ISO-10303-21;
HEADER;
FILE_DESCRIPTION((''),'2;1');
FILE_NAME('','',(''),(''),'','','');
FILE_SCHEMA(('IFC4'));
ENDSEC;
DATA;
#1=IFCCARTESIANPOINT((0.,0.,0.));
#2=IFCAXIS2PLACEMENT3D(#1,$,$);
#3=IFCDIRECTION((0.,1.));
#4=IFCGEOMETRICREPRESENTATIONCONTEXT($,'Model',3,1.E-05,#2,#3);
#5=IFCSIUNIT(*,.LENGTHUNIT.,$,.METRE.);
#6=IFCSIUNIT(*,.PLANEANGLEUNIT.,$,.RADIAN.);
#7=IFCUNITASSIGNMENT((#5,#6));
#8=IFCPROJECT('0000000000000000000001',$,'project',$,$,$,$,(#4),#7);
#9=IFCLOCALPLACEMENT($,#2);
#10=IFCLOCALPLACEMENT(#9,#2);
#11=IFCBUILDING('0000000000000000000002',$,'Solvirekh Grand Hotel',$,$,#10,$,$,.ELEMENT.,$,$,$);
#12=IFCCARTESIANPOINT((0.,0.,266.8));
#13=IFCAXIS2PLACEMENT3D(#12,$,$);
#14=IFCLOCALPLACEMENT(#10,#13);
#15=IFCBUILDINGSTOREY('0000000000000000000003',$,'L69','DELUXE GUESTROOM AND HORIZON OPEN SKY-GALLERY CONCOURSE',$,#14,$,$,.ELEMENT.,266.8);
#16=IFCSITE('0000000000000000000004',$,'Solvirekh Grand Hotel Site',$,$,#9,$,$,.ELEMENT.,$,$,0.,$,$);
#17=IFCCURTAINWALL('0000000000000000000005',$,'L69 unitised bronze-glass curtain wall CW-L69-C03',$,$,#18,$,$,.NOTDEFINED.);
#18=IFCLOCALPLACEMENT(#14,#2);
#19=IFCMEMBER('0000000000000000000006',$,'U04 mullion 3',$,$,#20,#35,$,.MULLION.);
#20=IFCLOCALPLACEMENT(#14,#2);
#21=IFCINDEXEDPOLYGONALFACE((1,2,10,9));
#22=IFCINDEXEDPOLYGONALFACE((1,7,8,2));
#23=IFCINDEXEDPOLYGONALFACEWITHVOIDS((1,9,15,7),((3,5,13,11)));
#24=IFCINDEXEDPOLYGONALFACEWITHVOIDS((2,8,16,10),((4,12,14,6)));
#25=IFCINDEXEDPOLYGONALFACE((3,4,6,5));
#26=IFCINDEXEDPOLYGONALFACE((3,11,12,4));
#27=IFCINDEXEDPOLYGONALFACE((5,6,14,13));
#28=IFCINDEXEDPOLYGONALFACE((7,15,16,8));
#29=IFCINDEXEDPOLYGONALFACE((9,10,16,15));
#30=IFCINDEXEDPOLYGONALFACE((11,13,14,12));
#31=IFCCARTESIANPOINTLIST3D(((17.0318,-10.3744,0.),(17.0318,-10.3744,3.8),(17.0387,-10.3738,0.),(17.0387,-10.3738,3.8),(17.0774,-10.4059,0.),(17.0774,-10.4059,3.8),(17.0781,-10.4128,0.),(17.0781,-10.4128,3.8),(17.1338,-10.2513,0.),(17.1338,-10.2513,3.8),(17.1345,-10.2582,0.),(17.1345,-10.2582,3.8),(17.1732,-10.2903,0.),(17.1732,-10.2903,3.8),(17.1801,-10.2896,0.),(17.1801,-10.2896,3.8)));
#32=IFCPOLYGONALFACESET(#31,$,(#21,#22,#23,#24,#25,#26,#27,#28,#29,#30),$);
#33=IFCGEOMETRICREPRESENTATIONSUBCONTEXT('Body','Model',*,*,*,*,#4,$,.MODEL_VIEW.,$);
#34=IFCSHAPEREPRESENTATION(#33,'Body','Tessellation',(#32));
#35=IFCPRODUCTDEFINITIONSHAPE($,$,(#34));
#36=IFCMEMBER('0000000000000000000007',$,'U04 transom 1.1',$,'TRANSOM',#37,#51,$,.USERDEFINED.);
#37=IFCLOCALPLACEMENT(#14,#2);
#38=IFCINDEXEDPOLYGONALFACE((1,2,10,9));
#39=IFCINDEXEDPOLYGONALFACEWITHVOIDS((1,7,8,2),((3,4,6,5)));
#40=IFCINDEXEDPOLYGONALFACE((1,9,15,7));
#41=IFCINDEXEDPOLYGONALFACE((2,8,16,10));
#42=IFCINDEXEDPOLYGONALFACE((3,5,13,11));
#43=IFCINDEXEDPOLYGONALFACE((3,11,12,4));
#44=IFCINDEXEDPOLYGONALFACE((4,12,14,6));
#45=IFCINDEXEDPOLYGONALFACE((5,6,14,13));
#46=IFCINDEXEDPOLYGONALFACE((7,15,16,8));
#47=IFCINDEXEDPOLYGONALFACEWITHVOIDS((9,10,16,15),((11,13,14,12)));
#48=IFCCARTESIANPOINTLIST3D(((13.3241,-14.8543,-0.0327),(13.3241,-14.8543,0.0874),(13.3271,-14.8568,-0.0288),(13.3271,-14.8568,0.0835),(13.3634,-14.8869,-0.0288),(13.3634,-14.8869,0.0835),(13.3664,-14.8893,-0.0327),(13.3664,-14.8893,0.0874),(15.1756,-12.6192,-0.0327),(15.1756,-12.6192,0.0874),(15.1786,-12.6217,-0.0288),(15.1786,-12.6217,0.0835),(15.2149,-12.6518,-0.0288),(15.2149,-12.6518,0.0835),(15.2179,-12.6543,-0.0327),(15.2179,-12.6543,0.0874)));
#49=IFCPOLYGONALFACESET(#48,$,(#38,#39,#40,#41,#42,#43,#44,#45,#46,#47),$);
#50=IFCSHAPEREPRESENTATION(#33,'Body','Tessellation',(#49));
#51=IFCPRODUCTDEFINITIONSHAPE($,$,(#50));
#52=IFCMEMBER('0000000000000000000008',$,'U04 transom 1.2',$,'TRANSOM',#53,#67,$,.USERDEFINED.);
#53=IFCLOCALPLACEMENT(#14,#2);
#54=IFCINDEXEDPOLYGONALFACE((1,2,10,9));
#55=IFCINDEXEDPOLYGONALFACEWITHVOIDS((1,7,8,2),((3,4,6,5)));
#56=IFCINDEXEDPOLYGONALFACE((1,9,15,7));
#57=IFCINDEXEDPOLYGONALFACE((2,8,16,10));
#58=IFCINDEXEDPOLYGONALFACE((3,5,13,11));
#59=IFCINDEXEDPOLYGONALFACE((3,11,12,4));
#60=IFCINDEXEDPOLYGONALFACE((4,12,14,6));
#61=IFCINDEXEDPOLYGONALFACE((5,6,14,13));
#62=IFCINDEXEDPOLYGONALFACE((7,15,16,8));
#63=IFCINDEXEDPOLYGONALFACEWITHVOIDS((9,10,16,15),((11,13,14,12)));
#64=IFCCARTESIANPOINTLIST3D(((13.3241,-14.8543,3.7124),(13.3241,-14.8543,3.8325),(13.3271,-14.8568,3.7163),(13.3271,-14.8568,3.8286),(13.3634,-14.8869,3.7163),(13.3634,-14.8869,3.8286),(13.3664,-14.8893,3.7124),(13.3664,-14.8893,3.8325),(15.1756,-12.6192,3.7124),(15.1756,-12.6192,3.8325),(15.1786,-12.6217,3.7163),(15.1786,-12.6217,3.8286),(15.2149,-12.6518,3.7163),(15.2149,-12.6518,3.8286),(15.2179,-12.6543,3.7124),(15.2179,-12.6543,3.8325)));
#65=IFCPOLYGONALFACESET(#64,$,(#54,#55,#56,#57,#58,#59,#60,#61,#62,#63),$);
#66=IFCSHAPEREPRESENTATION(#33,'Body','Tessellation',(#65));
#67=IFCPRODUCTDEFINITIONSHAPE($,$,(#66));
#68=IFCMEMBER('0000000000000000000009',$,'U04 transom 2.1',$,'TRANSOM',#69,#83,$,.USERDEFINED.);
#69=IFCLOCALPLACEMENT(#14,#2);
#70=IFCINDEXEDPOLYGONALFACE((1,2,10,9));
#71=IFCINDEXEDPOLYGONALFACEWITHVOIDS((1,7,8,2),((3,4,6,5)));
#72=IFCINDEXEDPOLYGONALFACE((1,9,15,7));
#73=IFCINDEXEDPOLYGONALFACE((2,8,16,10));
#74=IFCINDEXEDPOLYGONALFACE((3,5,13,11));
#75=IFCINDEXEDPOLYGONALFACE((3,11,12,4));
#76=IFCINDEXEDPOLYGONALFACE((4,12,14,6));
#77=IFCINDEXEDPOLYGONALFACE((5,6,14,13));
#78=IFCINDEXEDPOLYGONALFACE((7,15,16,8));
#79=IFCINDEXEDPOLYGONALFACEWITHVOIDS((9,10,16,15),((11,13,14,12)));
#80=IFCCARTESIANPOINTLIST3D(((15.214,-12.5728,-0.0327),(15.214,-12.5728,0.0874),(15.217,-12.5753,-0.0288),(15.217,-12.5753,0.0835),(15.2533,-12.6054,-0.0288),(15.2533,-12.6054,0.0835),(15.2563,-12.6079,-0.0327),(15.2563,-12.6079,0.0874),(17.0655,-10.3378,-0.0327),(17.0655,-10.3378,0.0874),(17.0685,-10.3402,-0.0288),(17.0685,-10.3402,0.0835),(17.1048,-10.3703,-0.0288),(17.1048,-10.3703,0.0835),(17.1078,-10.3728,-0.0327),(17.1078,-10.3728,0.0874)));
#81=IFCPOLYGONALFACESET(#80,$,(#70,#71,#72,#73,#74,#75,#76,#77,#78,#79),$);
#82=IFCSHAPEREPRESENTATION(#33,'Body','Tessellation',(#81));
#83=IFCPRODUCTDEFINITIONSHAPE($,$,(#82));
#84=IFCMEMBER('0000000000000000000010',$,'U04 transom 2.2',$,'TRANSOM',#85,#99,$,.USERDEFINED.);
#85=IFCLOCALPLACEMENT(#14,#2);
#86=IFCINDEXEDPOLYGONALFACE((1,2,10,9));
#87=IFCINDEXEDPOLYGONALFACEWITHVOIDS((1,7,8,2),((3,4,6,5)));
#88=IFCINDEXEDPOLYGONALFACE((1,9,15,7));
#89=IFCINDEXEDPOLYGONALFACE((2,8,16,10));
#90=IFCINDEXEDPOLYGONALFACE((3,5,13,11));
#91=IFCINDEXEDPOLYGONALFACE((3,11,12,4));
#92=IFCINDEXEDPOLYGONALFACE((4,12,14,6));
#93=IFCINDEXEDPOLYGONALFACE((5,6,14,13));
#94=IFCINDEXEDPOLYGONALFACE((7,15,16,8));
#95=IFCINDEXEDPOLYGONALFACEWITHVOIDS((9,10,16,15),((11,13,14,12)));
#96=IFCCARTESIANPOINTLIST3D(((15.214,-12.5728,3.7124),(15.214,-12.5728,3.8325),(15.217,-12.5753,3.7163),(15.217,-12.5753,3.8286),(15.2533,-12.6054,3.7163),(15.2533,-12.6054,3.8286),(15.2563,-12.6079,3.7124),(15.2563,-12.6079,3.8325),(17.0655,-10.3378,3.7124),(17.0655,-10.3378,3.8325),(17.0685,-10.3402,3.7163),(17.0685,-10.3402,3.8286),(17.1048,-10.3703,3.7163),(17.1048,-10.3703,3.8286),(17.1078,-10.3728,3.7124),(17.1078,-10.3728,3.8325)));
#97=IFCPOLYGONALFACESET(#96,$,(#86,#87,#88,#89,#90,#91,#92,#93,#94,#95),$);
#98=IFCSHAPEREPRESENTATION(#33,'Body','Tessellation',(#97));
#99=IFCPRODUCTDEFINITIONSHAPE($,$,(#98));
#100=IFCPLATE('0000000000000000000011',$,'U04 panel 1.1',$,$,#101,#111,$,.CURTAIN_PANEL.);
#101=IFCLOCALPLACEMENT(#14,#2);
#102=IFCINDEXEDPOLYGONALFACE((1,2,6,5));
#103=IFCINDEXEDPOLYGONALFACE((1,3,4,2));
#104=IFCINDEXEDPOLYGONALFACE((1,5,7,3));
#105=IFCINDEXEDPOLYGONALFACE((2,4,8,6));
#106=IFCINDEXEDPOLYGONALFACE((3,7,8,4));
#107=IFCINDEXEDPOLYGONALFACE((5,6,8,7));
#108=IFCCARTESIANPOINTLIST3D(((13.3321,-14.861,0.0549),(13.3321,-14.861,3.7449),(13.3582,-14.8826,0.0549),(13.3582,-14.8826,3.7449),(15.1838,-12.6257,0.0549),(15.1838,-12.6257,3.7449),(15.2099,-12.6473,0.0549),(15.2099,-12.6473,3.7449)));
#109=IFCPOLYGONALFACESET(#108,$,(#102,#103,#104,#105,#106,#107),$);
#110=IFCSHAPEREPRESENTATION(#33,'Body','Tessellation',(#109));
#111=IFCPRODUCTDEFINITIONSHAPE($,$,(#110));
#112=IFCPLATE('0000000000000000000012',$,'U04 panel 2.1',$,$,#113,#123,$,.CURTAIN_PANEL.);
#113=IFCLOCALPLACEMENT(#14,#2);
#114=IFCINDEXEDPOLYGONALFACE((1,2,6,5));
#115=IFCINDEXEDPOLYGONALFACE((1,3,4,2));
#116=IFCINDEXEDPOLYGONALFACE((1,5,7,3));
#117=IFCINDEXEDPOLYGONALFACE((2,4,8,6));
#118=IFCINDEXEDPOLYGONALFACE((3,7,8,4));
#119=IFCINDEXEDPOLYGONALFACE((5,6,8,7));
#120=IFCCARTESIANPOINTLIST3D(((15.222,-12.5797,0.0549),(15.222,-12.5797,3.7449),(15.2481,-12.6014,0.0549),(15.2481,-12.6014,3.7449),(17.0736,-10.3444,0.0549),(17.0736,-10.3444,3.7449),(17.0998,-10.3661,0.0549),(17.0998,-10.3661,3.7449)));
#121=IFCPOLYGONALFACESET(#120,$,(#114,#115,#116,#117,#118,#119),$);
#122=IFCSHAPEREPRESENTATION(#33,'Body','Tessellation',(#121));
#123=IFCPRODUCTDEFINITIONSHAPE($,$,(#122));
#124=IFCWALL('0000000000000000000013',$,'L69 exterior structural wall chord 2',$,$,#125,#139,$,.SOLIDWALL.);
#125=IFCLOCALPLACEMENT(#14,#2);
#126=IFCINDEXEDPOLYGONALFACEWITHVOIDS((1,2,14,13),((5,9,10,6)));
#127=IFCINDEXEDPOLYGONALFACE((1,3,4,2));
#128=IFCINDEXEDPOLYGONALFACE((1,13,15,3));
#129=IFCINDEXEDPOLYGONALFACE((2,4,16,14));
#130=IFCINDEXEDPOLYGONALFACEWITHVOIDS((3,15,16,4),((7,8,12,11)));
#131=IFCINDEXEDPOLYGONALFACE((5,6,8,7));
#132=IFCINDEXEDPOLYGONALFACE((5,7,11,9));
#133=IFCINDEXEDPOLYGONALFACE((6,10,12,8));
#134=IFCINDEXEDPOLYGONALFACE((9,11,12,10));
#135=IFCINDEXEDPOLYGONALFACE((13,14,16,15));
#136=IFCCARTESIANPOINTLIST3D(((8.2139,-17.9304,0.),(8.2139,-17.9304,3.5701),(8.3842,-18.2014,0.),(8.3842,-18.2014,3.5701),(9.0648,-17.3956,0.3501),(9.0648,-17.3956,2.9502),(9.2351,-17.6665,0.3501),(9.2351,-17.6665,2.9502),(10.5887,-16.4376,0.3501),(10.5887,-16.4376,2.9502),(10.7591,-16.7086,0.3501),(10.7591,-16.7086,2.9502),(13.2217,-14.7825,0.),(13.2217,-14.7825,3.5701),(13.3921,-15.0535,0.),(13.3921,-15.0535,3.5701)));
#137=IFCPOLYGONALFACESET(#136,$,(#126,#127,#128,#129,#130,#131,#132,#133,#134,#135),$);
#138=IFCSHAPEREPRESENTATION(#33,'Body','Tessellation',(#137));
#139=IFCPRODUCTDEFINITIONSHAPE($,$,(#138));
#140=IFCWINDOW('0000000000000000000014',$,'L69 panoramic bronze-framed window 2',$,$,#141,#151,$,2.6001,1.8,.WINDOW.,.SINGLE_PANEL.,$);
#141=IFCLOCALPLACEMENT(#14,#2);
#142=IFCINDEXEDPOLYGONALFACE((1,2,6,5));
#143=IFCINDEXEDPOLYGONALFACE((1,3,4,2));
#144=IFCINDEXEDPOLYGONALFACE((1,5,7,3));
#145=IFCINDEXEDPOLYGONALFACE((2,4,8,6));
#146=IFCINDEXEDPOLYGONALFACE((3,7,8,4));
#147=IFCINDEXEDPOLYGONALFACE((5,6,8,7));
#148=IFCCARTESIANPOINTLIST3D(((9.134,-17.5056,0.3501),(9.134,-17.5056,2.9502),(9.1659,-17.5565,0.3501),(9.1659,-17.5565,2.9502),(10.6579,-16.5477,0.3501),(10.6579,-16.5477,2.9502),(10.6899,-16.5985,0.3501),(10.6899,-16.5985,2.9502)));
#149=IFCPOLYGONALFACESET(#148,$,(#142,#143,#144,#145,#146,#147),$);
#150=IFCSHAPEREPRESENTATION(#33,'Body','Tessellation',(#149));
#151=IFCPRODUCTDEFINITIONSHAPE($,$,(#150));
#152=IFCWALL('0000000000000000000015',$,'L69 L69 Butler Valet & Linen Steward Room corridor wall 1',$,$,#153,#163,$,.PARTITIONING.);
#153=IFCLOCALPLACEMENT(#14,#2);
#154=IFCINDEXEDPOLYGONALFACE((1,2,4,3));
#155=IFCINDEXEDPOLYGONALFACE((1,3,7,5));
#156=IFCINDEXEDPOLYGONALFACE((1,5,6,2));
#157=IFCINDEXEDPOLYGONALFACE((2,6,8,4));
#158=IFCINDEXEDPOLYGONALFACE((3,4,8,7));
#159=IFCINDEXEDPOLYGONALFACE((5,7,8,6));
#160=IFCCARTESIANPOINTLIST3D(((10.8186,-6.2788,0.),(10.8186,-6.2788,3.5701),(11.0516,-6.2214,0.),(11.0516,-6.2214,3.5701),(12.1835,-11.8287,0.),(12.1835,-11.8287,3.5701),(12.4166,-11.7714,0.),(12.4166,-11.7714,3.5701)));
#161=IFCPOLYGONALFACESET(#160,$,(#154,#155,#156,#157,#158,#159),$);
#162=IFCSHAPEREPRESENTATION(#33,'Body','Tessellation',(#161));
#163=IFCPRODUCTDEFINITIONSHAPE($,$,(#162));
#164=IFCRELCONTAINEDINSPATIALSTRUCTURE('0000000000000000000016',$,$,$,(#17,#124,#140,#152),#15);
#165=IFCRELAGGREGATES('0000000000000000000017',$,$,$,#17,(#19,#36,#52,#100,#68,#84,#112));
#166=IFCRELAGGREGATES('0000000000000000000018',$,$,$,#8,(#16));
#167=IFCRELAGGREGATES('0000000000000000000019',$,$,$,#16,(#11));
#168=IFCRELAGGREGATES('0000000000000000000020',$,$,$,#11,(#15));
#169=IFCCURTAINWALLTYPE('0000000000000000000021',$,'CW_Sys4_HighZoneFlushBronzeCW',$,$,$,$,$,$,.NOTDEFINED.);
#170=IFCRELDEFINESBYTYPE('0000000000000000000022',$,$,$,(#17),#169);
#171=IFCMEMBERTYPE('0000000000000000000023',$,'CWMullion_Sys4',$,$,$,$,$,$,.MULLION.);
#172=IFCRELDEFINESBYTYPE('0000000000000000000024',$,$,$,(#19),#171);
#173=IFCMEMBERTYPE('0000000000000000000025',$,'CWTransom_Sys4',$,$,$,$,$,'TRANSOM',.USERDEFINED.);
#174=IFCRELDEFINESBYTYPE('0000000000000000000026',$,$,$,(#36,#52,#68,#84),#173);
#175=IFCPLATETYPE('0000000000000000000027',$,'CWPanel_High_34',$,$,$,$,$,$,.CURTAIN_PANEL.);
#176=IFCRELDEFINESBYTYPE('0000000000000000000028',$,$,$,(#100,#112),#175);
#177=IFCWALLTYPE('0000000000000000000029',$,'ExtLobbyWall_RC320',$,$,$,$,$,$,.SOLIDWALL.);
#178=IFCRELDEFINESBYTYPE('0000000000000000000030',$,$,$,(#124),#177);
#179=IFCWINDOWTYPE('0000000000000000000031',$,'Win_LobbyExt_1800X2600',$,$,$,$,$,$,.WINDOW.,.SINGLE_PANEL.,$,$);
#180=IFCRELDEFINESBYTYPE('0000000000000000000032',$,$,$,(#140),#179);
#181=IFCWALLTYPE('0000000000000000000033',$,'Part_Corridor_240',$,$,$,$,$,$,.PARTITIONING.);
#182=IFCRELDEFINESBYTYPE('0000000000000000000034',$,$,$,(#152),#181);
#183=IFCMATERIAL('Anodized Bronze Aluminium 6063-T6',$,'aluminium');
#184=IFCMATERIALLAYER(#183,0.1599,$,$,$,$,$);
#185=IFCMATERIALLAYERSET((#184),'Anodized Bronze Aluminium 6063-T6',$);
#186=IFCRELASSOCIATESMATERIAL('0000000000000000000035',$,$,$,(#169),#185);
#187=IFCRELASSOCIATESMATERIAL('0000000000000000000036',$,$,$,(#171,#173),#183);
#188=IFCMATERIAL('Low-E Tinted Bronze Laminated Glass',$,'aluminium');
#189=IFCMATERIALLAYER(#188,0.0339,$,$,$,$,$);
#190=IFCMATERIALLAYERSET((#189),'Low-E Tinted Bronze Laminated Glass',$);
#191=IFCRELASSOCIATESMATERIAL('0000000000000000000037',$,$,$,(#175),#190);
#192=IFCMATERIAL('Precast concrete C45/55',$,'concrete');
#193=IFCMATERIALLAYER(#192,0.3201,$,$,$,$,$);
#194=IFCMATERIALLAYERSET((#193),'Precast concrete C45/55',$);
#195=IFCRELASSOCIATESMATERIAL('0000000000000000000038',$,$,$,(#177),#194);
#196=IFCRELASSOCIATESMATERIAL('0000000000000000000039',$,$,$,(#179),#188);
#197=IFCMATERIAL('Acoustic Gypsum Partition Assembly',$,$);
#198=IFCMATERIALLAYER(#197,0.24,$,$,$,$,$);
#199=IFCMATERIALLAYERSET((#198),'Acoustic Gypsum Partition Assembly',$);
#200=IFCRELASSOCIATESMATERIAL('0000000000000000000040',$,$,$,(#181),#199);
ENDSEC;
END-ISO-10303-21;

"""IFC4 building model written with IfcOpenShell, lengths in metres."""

from ifc_helpers import new_model, si_unit, direction, frame, frame_2d, origin, origin_2d, place, context, subcontext, project, spatial, rectangle, hollow_rectangle, extrude, source, transform, mapped, material, layer, layer_set, material_profile, profile_set, type_object, element, fill, aggregate, save


model = new_model("IFC4")

# Units and contexts
model_context = context("Model", 3, precision=1e-05, world=origin(), true_north=direction((0.0, 1.0)))
body_context = subcontext(model_context, "Body", "Model", "MODEL_VIEW")
ifc_project = project(units=[si_unit("LENGTHUNIT", "METRE"), si_unit("PLANEANGLEUNIT", "RADIAN")], contexts=[model_context])

# Site, building, storey
site_placement = place(None, origin())
site = spatial("IfcSite", under=ifc_project, at=site_placement, Name="Solvirekh Grand Hotel Site", CompositionType="ELEMENT", RefElevation=0.0)
building_placement = place(site_placement, origin())
building = spatial("IfcBuilding", under=site, at=building_placement, Name="Solvirekh Grand Hotel", CompositionType="ELEMENT")
storey_placement = place(building_placement, frame((0.0, 0.0, 266.8)))
storey = spatial("IfcBuildingStorey", under=building, at=storey_placement, Name="L69", Description="DELUXE GUESTROOM AND HORIZON OPEN SKY-GALLERY CONCOURSE", CompositionType="ELEMENT", Elevation=266.8)

# Shared definitions
ifc_material_1 = material(Name="Anodized Bronze Aluminium 6063-T6", Category="aluminium")
ifc_layer_1 = layer(ifc_material_1, 0.1599)
ifc_layer_set_1 = layer_set([ifc_layer_1], Name="Anodized Bronze Aluminium 6063-T6")
curtain_wall_type = type_object("IfcCurtainWallType", Name="CW_Sys4_HighZoneFlushBronzeCW", PredefinedType="NOTDEFINED", material=ifc_layer_set_1)
ifc_material_profile_1 = material_profile(ifc_material_1, hollow_rectangle(XDim=0.0601, YDim=0.1599, WallThickness=0.0049, at=origin_2d()), Name="ALU RHS 160X60X5")
ifc_profile_set_1 = profile_set([ifc_material_profile_1], Name="Anodized Bronze Aluminium 6063-T6")
member_type_1 = type_object("IfcMemberType", Name="CWMullion_Sys4", PredefinedType="MULLION", material=ifc_profile_set_1)
shared_shape_1 = source(origin(), body_context, "Body", "SweptSolid", [
    extrude(hollow_rectangle(XDim=0.0601, YDim=0.1599, WallThickness=0.0049, at=origin_2d()), origin(), (0.0, 0.0, 1.0), 3.8),
])

# Curtain wall, members, plates
curtain_wall_1_placement = place(storey_placement, origin())
curtain_wall_1 = element("IfcCurtainWall", 1, at=curtain_wall_1_placement, inside=storey, type_object=curtain_wall_type, Name="L69 unitised bronze-glass curtain wall CW-L69-C03", PredefinedType="NOTDEFINED")
member_1_placement = place(storey_placement, frame((17.106, -10.332, 0.0), z_axis=(0.0, 0.0, 1.0), x_axis=(-0.770094, 0.63793, 0.0)))
member_1 = element("IfcMember", 2, at=member_1_placement, type_object=member_type_1, Name="U04 mullion 3", PredefinedType="MULLION", context=body_context, shape_type="MappedRepresentation", body=[
    mapped(shared_shape_1, transform((0.0, 0.0, 0.0), x_axis=(1.0, 0.0, 0.0), y_axis=(0.0, 1.0, 0.0), z_axis=(0.0, 0.0, 1.0), scale=1.0)),
])
ifc_material_profile_2 = material_profile(ifc_material_1, hollow_rectangle(XDim=0.0549, YDim=0.1201, WallThickness=0.0039, at=origin_2d()), Name="ALU RHS 120X55X4")
ifc_profile_set_2 = profile_set([ifc_material_profile_2], Name="Anodized Bronze Aluminium 6063-T6")
member_type_2 = type_object("IfcMemberType", Name="CWTransom_Sys4", ElementType="TRANSOM", PredefinedType="USERDEFINED", material=ifc_profile_set_2)
shared_shape_2 = source(origin(), body_context, "Body", "SweptSolid", [
    extrude(hollow_rectangle(XDim=0.0549, YDim=0.1201, WallThickness=0.0039, at=origin_2d()), origin(), (0.0, 0.0, 1.0), 2.9023),
])
member_2_placement = place(storey_placement, frame((13.3452, -14.8718, 0.0273), z_axis=(0.637939, 0.770086, 0.0), x_axis=(-0.770086, 0.637939, 0.0)))
member_2 = element("IfcMember", 3, at=member_2_placement, type_object=member_type_2, Name="U04 transom 1.1", ObjectType="TRANSOM", PredefinedType="USERDEFINED", context=body_context, shape_type="MappedRepresentation", body=[
    mapped(shared_shape_2, transform((0.0, 0.0, 0.0), x_axis=(1.0, 0.0, 0.0), y_axis=(0.0, 1.0, 0.0), z_axis=(0.0, 0.0, 1.0), scale=1.0)),
])
member_3_placement = place(storey_placement, frame((13.3452, -14.8718, 3.7725), z_axis=(0.637939, 0.770086, 0.0), x_axis=(-0.770086, 0.637939, 0.0)))
member_3 = element("IfcMember", 4, at=member_3_placement, type_object=member_type_2, Name="U04 transom 1.2", ObjectType="TRANSOM", PredefinedType="USERDEFINED", context=body_context, shape_type="MappedRepresentation", body=[
    mapped(shared_shape_2, transform((0.0, 0.0, 0.0), x_axis=(1.0, 0.0, 0.0), y_axis=(0.0, 1.0, 0.0), z_axis=(0.0, 0.0, 1.0), scale=1.0)),
])
member_4_placement = place(storey_placement, frame((15.2351, -12.5903, 0.0273), z_axis=(0.637939, 0.770086, 0.0), x_axis=(-0.770086, 0.637939, 0.0)))
member_4 = element("IfcMember", 5, at=member_4_placement, type_object=member_type_2, Name="U04 transom 2.1", ObjectType="TRANSOM", PredefinedType="USERDEFINED", context=body_context, shape_type="MappedRepresentation", body=[
    mapped(shared_shape_2, transform((0.0, 0.0, 0.0), x_axis=(1.0, 0.0, 0.0), y_axis=(0.0, 1.0, 0.0), z_axis=(0.0, 0.0, 1.0), scale=1.0)),
])
member_5_placement = place(storey_placement, frame((15.2351, -12.5903, 3.7725), z_axis=(0.637939, 0.770086, 0.0), x_axis=(-0.770086, 0.637939, 0.0)))
member_5 = element("IfcMember", 6, at=member_5_placement, type_object=member_type_2, Name="U04 transom 2.2", ObjectType="TRANSOM", PredefinedType="USERDEFINED", context=body_context, shape_type="MappedRepresentation", body=[
    mapped(shared_shape_2, transform((0.0, 0.0, 0.0), x_axis=(1.0, 0.0, 0.0), y_axis=(0.0, 1.0, 0.0), z_axis=(0.0, 0.0, 1.0), scale=1.0)),
])
ifc_material_2 = material(Name="Low-E Tinted Bronze Laminated Glass", Category="aluminium")
ifc_layer_2 = layer(ifc_material_2, 0.0339)
ifc_layer_set_2 = layer_set([ifc_layer_2], Name="Low-E Tinted Bronze Laminated Glass")
plate_type = type_object("IfcPlateType", Name="CWPanel_High_34", PredefinedType="CURTAIN_PANEL", material=ifc_layer_set_2)
shared_shape_3 = source(origin(), body_context, "Body", "SweptSolid", [
    extrude(rectangle(XDim=2.9026, YDim=0.0339, at=origin_2d()), origin(), (0.0, 0.0, 1.0), 3.6899),
])
plate_1_placement = place(storey_placement, frame((14.271, -13.7542, 0.0549), z_axis=(0.0, 0.0, 1.0), x_axis=(0.63793, 0.770094, 0.0)))
plate_1 = element("IfcPlate", 7, at=plate_1_placement, type_object=plate_type, Name="U04 panel 1.1", PredefinedType="CURTAIN_PANEL", context=body_context, shape_type="MappedRepresentation", body=[
    mapped(shared_shape_3, transform((0.0, 0.0, 0.0), x_axis=(1.0, 0.0, 0.0), y_axis=(0.0, 1.0, 0.0), z_axis=(0.0, 0.0, 1.0), scale=1.0)),
])
plate_2_placement = place(storey_placement, frame((16.1609, -11.4729, 0.0549), z_axis=(0.0, 0.0, 1.0), x_axis=(0.63793, 0.770094, 0.0)))
plate_2 = element("IfcPlate", 8, at=plate_2_placement, type_object=plate_type, Name="U04 panel 2.1", PredefinedType="CURTAIN_PANEL", context=body_context, shape_type="MappedRepresentation", body=[
    mapped(shared_shape_3, transform((0.0, 0.0, 0.0), x_axis=(1.0, 0.0, 0.0), y_axis=(0.0, 1.0, 0.0), z_axis=(0.0, 0.0, 1.0), scale=1.0)),
])
aggregate(curtain_wall_1, [member_1, member_2, member_3, plate_1, member_4, member_5, plate_2])

# Wall, opening, window
ifc_material_3 = material(Name="Precast concrete C45/55", Category="concrete")
ifc_layer_3 = layer(ifc_material_3, 0.3201)
ifc_layer_set_3 = layer_set([ifc_layer_3], Name="Precast concrete C45/55")
wall_type_1 = type_object("IfcWallType", Name="ExtLobbyWall_RC320", PredefinedType="SOLIDWALL", material=ifc_layer_set_3)
wall_1_placement = place(storey_placement, frame((13.3069, -14.918, 0.0), z_axis=(0.0, 0.0, 1.0), x_axis=(-0.846623, -0.532194, 0.0)))
wall_1 = element("IfcWall", 9, at=wall_1_placement, inside=storey, type_object=wall_type_1, Name="L69 exterior structural wall chord 2", PredefinedType="SOLIDWALL", context=body_context, shape_type="SweptSolid", body=[
    extrude(rectangle(XDim=5.915, YDim=0.3201, at=frame_2d((2.9575, 0.0))), origin(), (0.0, 0.0, 1.0), 3.5701),
])
opening_placement = place(wall_1_placement, frame((3.1101, 0.0, 0.3501)))
opening = element("IfcOpeningElement", 10, at=opening_placement, cuts=wall_1, PredefinedType="OPENING", context=body_context, shape_type="SweptSolid", body=[
    extrude(rectangle(XDim=1.8, YDim=2.6001, at=frame_2d((0.8999, 1.3))), frame((0.0, 0.1699, 0.0), z_axis=(0.0, -1.0, 0.0), x_axis=(1.0, 0.0, 0.0)), (0.0, 0.0, 1.0), 0.3401),
])
window_type = type_object("IfcWindowType", Name="Win_LobbyExt_1800X2600", PartitioningType="SINGLE_PANEL", PredefinedType="WINDOW", material=ifc_material_2)
window_placement = place(opening_placement, origin())
window = element("IfcWindow", 11, at=window_placement, inside=storey, type_object=window_type, Name="L69 panoramic bronze-framed window 2", OverallHeight=2.6001, OverallWidth=1.8, PartitioningType="SINGLE_PANEL", PredefinedType="WINDOW", context=body_context, shape_type="SweptSolid", body=[
    extrude(rectangle(XDim=1.8, YDim=2.6001, at=frame_2d((0.8999, 1.3))), frame((0.0, 0.03, 0.0), z_axis=(0.0, -1.0, 0.0), x_axis=(1.0, 0.0, 0.0)), (0.0, 0.0, 1.0), 0.0601),
])
fill(opening, window)

# Wall
ifc_material_4 = material(Name="Acoustic Gypsum Partition Assembly")
ifc_layer_4 = layer(ifc_material_4, 0.24)
ifc_layer_set_4 = layer_set([ifc_layer_4], Name="Acoustic Gypsum Partition Assembly")
wall_type_2 = type_object("IfcWallType", Name="Part_Corridor_240", PredefinedType="PARTITIONING", material=ifc_layer_set_4)
wall_2_placement = place(storey_placement, frame((12.3, -11.8, 0.0), z_axis=(0.0, 0.0, 1.0), x_axis=(-0.238825, 0.971063, 0.0)))
element("IfcWall", 12, at=wall_2_placement, inside=storey, type_object=wall_type_2, Name="L69 L69 Butler Valet & Linen Steward Room corridor wall 1", PredefinedType="PARTITIONING", context=body_context, shape_type="SweptSolid", body=[
    extrude(rectangle(XDim=5.7153, YDim=0.24, at=frame_2d((2.8577, 0.0))), origin(), (0.0, 0.0, 1.0), 3.5701),
])

save(model, "model.ifc")
